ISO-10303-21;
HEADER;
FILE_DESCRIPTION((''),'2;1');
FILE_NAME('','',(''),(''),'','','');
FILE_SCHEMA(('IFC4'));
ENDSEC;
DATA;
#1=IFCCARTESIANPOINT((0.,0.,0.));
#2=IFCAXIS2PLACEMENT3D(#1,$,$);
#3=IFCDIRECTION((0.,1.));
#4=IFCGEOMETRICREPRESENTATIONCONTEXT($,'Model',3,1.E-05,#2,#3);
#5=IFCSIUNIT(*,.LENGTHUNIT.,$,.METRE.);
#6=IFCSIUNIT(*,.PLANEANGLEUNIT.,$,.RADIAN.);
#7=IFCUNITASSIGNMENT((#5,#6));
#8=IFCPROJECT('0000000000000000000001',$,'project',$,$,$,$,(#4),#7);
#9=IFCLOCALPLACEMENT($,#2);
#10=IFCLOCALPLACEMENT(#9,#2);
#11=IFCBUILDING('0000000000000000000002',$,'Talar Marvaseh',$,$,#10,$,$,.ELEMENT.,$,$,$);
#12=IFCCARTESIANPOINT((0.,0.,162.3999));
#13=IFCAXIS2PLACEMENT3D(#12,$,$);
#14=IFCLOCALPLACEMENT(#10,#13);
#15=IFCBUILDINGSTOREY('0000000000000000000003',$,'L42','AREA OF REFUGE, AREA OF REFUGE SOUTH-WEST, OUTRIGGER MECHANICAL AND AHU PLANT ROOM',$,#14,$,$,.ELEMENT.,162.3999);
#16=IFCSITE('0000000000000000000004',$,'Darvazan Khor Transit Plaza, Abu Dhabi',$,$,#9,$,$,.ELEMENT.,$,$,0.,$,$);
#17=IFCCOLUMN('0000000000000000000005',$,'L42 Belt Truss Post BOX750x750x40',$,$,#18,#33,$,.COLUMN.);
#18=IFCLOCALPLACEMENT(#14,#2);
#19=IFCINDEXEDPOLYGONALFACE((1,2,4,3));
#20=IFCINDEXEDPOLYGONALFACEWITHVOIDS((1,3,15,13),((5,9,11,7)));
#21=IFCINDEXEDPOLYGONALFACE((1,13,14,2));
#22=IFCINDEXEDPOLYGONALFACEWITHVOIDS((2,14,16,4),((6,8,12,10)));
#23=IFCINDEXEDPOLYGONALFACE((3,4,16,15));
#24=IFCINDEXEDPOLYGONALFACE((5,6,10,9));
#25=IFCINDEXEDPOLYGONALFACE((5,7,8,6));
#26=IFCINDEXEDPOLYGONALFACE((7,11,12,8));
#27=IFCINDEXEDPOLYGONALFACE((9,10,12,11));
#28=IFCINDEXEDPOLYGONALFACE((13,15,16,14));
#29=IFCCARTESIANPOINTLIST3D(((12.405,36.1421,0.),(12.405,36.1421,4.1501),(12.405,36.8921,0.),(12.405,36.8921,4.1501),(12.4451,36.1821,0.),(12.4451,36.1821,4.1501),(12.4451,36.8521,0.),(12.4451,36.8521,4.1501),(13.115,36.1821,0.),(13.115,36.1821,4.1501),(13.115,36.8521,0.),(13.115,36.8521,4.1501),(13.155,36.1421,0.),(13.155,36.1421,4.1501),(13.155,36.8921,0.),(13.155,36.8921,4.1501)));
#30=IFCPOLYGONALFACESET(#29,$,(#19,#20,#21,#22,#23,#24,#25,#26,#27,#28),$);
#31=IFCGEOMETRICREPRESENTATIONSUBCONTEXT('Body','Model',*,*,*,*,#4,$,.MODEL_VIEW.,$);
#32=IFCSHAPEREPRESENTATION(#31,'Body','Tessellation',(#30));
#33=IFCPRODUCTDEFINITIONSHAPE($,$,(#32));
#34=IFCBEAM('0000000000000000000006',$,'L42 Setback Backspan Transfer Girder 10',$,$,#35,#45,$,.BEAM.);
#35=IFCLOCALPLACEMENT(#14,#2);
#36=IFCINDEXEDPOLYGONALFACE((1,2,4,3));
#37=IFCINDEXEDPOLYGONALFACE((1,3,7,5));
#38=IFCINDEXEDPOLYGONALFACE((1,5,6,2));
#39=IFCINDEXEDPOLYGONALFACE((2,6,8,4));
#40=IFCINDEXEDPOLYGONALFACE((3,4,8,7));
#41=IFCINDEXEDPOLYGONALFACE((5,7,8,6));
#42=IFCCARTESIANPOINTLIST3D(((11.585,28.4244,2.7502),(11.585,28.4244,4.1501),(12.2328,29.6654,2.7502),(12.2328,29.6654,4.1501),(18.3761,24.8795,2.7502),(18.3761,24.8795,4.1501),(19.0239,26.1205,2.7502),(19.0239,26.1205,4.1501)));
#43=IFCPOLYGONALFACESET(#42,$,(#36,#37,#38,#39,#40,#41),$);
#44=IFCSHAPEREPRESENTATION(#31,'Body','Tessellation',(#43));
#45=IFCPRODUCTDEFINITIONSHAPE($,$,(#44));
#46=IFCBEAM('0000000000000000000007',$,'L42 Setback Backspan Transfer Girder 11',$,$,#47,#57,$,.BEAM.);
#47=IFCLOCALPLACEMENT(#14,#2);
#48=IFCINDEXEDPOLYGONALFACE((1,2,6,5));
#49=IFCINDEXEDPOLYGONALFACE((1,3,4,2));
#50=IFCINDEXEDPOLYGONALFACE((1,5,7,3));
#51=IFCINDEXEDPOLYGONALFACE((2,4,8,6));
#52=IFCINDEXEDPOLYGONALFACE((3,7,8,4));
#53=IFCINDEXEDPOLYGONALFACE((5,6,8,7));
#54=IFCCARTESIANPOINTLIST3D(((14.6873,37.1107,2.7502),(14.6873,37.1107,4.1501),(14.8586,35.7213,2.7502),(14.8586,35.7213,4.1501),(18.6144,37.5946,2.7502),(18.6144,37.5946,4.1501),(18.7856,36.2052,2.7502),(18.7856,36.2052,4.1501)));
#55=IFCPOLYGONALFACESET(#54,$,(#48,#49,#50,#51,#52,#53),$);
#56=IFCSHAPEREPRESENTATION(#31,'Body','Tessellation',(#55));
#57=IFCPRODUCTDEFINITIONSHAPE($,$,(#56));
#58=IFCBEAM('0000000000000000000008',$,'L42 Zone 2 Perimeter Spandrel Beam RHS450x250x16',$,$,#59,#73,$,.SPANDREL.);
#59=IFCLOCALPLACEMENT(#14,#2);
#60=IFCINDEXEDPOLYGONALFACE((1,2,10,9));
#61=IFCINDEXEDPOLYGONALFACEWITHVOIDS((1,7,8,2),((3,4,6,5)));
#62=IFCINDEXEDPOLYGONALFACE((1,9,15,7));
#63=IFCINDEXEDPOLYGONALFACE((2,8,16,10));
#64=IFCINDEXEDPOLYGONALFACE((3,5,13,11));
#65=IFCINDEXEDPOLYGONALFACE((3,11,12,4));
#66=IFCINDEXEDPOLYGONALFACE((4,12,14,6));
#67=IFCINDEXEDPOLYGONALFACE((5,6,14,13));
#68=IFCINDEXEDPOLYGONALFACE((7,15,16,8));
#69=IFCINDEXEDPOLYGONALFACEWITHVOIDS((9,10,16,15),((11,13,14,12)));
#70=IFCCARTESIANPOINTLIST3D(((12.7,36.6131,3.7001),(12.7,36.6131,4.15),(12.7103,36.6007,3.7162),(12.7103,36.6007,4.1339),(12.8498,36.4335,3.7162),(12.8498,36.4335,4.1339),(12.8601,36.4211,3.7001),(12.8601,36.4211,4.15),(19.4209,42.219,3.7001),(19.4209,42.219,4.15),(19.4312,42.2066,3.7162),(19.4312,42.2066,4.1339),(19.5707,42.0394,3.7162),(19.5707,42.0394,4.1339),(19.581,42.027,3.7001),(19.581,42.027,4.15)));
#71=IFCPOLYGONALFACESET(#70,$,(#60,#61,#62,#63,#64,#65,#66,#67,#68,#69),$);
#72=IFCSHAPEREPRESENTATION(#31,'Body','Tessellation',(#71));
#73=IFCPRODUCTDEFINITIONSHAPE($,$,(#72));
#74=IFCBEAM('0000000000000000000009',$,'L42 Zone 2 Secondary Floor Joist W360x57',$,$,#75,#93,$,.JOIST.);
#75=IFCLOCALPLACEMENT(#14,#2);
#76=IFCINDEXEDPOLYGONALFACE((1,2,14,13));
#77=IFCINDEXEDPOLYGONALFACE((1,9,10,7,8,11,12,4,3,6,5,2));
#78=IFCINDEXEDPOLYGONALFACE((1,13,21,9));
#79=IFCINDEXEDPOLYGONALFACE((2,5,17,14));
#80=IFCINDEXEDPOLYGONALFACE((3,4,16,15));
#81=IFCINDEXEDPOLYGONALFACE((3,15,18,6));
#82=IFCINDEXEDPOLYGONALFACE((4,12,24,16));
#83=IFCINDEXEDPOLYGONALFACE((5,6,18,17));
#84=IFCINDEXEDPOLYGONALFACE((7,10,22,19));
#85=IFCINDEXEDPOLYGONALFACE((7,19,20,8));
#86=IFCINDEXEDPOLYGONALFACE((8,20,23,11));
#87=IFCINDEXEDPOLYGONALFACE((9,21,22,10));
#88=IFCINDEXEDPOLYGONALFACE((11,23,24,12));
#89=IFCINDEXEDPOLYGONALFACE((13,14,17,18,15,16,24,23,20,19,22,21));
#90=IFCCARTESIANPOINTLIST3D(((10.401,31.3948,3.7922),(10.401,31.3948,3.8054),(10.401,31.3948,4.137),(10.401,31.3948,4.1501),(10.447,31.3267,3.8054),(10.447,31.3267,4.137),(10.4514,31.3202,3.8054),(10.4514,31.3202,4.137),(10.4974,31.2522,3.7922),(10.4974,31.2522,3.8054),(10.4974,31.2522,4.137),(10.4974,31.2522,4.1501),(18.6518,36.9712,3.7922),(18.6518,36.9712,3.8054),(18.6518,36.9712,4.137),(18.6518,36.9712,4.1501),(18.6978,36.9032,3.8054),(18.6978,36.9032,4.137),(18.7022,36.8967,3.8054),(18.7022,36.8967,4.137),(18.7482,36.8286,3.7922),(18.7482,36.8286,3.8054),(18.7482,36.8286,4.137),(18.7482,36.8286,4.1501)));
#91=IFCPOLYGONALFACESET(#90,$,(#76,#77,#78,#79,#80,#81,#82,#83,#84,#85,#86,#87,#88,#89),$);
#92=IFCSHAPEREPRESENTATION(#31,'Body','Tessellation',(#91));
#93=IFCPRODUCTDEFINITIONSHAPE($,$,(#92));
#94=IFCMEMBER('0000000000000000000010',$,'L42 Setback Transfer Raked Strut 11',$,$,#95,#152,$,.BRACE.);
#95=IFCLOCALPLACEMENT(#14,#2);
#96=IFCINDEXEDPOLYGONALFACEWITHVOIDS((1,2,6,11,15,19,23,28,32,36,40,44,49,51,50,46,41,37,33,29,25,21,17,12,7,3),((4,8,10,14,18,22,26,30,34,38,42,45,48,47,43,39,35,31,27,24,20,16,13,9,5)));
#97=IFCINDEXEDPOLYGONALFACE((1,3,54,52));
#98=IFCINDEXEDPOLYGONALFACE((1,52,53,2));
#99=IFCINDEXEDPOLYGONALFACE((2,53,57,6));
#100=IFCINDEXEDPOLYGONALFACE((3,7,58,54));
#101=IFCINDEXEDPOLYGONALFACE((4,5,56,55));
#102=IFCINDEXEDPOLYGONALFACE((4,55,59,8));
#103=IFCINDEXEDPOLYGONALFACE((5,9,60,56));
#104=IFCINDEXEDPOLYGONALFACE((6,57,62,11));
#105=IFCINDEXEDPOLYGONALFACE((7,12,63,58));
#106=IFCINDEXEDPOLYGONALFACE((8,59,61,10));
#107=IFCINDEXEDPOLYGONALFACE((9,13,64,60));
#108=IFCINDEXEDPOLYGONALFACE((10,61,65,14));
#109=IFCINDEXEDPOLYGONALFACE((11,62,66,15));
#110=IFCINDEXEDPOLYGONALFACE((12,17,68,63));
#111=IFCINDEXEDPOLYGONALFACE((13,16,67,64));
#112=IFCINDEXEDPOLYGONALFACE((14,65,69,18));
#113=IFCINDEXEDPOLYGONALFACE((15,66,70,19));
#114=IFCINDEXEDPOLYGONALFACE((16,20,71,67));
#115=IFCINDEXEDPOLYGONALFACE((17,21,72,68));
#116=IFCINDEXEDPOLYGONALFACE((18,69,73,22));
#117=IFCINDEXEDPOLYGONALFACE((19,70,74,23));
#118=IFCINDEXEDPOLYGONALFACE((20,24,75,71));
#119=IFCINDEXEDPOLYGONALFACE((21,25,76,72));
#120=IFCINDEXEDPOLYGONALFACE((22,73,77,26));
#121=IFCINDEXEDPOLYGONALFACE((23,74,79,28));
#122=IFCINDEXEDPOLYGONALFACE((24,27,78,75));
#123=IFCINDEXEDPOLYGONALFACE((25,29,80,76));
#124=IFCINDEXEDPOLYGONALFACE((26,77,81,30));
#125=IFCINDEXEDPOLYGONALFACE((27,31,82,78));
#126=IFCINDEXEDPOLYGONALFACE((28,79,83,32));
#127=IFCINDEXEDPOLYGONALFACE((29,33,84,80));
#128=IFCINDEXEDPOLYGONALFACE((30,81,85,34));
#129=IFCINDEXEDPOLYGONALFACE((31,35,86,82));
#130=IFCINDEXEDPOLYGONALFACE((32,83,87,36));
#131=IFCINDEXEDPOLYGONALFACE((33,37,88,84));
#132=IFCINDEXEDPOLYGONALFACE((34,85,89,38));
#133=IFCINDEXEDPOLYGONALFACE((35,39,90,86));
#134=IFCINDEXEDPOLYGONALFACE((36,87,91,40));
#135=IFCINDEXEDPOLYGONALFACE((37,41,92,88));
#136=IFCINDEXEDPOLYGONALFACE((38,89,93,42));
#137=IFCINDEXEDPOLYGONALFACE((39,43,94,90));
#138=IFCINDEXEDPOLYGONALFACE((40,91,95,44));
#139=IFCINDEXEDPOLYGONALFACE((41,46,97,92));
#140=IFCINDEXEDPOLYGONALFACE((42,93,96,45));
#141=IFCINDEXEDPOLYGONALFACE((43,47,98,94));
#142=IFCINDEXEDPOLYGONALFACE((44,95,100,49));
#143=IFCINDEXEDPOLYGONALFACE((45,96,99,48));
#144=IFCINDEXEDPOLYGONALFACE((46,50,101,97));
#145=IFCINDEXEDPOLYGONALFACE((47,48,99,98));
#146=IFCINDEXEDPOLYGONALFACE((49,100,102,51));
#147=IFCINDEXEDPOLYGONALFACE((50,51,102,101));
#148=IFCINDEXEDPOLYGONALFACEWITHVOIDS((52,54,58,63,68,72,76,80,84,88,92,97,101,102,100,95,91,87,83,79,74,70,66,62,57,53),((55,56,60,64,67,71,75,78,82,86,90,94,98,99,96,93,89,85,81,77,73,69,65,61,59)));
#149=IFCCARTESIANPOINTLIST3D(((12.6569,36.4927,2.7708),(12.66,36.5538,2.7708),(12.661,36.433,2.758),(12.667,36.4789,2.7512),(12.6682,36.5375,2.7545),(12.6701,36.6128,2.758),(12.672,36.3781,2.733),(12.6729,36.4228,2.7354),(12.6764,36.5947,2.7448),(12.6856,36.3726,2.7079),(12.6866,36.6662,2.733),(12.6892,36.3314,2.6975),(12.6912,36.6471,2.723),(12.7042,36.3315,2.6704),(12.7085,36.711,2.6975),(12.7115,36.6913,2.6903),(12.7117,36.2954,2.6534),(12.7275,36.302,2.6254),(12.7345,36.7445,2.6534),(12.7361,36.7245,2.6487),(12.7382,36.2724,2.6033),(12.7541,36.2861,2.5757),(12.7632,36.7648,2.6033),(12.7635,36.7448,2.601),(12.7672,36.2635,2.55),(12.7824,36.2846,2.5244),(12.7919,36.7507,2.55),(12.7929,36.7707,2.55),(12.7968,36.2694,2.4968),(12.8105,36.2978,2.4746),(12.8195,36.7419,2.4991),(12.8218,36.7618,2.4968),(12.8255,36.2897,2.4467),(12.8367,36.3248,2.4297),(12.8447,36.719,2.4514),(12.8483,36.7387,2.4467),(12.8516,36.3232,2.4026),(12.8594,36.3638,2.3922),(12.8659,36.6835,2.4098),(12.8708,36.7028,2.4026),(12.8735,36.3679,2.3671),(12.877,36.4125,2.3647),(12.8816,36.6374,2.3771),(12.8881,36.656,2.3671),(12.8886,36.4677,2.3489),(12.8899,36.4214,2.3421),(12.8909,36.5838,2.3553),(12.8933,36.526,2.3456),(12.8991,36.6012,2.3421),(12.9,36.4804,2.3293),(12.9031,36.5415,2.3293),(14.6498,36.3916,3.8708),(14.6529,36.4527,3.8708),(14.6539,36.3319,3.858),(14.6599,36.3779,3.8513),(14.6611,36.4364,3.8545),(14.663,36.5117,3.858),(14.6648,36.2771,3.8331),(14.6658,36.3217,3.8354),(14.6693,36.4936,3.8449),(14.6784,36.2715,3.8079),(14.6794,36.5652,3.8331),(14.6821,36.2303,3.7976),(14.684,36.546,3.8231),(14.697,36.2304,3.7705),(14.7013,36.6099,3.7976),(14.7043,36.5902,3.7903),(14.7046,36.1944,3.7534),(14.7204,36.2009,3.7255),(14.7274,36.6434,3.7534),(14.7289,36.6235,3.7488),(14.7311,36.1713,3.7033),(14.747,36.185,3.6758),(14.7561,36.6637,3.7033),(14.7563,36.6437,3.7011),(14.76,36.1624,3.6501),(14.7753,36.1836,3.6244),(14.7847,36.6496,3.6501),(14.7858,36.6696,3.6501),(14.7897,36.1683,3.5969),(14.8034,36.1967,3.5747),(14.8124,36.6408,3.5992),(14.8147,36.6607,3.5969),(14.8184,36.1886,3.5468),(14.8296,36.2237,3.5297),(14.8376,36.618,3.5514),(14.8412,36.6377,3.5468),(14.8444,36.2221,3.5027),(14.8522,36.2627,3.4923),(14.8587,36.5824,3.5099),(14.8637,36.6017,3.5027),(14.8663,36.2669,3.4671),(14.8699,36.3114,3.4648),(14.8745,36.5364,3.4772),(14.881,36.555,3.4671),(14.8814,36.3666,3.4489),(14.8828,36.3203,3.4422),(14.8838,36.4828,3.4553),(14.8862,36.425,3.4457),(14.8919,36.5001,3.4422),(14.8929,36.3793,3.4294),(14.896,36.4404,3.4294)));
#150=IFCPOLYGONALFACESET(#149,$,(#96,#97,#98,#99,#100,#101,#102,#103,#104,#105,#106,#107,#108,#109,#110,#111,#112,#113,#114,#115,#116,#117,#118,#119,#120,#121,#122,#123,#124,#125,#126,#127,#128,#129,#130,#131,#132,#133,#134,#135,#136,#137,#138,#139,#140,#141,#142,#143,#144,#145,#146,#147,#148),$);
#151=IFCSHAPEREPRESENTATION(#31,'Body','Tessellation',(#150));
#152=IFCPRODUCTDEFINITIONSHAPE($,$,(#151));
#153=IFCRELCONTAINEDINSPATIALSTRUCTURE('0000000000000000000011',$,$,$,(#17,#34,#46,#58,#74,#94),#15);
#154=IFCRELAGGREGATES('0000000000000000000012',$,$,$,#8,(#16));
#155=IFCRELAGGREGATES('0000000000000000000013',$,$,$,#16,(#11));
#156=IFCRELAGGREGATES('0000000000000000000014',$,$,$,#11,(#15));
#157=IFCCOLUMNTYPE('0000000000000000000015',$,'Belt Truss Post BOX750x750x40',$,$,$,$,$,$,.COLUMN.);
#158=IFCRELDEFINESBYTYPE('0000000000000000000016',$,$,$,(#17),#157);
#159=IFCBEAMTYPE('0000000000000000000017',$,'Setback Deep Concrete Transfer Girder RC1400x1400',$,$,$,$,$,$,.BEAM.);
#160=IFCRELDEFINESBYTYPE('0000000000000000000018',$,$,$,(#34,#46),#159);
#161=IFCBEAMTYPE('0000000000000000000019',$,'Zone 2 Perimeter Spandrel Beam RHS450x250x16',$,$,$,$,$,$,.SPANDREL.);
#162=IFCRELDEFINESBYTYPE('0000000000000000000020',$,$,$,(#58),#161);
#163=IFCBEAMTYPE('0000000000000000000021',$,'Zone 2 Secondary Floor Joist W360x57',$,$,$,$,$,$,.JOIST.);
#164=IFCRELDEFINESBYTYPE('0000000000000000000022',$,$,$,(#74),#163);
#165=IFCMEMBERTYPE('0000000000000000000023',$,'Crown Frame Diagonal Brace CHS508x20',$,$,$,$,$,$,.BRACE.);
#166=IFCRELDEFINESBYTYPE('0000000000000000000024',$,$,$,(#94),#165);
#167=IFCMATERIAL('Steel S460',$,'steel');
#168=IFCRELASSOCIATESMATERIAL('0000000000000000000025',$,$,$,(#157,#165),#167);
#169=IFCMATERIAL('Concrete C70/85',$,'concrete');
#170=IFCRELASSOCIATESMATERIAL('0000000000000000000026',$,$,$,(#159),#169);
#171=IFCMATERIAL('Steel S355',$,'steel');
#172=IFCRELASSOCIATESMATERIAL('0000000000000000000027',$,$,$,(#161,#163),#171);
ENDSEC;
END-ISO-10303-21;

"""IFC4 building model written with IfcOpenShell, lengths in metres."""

from ifc_helpers import new_model, si_unit, direction, frame, origin, origin_2d, place, context, subcontext, project, spatial, rectangle, hollow_rectangle, hollow_circle, i_section, extrude, source, transform, mapped, material, material_profile, profile_set, type_object, type_shapes, element, save


model = new_model("IFC4")

# Units and contexts
model_context = context("Model", 3, precision=1e-05, world=origin(), true_north=direction((0.0, 1.0)))
body_context = subcontext(model_context, "Body", "Model", "MODEL_VIEW")
ifc_project = project(units=[si_unit("LENGTHUNIT", "METRE"), si_unit("PLANEANGLEUNIT", "RADIAN")], contexts=[model_context])

# Site, building, storey
site_placement = place(None, origin())
site = spatial("IfcSite", under=ifc_project, at=site_placement, Name="Darvazan Khor Transit Plaza, Abu Dhabi", CompositionType="ELEMENT", RefElevation=0.0)
building_placement = place(site_placement, origin())
building = spatial("IfcBuilding", under=site, at=building_placement, Name="Talar Marvaseh", CompositionType="ELEMENT")
storey_placement = place(building_placement, frame((0.0, 0.0, 162.3999)))
storey = spatial("IfcBuildingStorey", under=building, at=storey_placement, Name="L42", Description="AREA OF REFUGE, AREA OF REFUGE SOUTH-WEST, OUTRIGGER MECHANICAL AND AHU PLANT ROOM", CompositionType="ELEMENT", Elevation=162.3999)

# Column
ifc_material_1 = material(Name="Steel S460", Category="steel")
ifc_material_profile_1 = material_profile(ifc_material_1, hollow_rectangle(XDim=0.75, YDim=0.75, WallThickness=0.04, at=origin_2d()), Name="BOX750x750x40")
ifc_profile_set_1 = profile_set([ifc_material_profile_1], Name="Steel S460")
column_type = type_object("IfcColumnType", Name="Belt Truss Post BOX750x750x40", PredefinedType="COLUMN", material=ifc_profile_set_1)
column_placement = place(storey_placement, frame((12.78, 36.5171, 0.0), z_axis=(0.0, 0.0, 1.0), x_axis=(1.0, 0.0, 0.0)))
element("IfcColumn", 1, at=column_placement, inside=storey, type_object=column_type, Name="L42 Belt Truss Post BOX750x750x40", PredefinedType="COLUMN", context=body_context, shape_type="SweptSolid", body=[
    extrude(hollow_rectangle(XDim=0.75, YDim=0.75, WallThickness=0.04, at=origin_2d()), origin(), (0.0, 0.0, 1.0), 4.1501),
])

# Beams
ifc_material_2 = material(Name="Concrete C70/85", Category="concrete")
ifc_material_profile_2 = material_profile(ifc_material_2, rectangle(XDim=1.3999, YDim=1.3999, at=origin_2d()), Name="RC1400x1400")
ifc_profile_set_2 = profile_set([ifc_material_profile_2], Name="Concrete C70/85")
beam_type_1 = type_object("IfcBeamType", Name="Setback Deep Concrete Transfer Girder RC1400x1400", PredefinedType="BEAM", material=ifc_profile_set_2)
beam_1_placement = place(storey_placement, frame((11.9089, 29.0449, 3.4502), z_axis=(0.886489, -0.462749, 0.0), x_axis=(0.462749, 0.886489, 0.0)))
element("IfcBeam", 2, at=beam_1_placement, inside=storey, type_object=beam_type_1, Name="L42 Setback Backspan Transfer Girder 10", PredefinedType="BEAM", context=body_context, shape_type="SweptSolid", body=[
    extrude(rectangle(XDim=1.3999, YDim=1.3999, at=origin_2d()), origin(), (0.0, 0.0, 1.0), 7.6606),
])
beam_2_placement = place(storey_placement, frame((14.7729, 36.416, 3.4502), z_axis=(0.992494, 0.122295, 0.0), x_axis=(-0.122295, 0.992494, 0.0)))
element("IfcBeam", 3, at=beam_2_placement, inside=storey, type_object=beam_type_1, Name="L42 Setback Backspan Transfer Girder 11", PredefinedType="BEAM", context=body_context, shape_type="SweptSolid", body=[
    extrude(rectangle(XDim=1.3999, YDim=1.3999, at=origin_2d()), origin(), (0.0, 0.0, 1.0), 3.9568),
])
ifc_material_3 = material(Name="Steel S355", Category="steel")
ifc_material_profile_3 = material_profile(ifc_material_3, hollow_rectangle(XDim=0.25, YDim=0.45, WallThickness=0.0161, at=origin_2d()), Name="RHS450x250x16")
ifc_profile_set_3 = profile_set([ifc_material_profile_3], Name="Steel S355")
beam_type_2 = type_object("IfcBeamType", Name="Zone 2 Perimeter Spandrel Beam RHS450x250x16", PredefinedType="SPANDREL", material=ifc_profile_set_3)
beam_3_placement = place(storey_placement, frame((12.78, 36.5171, 3.925), z_axis=(0.767931, 0.640533, 0.0), x_axis=(-0.640533, 0.767931, 0.0)))
element("IfcBeam", 4, at=beam_3_placement, inside=storey, type_object=beam_type_2, Name="L42 Zone 2 Perimeter Spandrel Beam RHS450x250x16", PredefinedType="SPANDREL", context=body_context, shape_type="SweptSolid", body=[
    extrude(hollow_rectangle(XDim=0.25, YDim=0.45, WallThickness=0.0161, at=origin_2d()), origin(), (0.0, 0.0, 1.0), 8.752),
])
ifc_material_profile_4 = material_profile(ifc_material_3, i_section(OverallWidth=0.1721, OverallDepth=0.3579, WebThickness=0.0078, FlangeThickness=0.0132, at=origin_2d()), Name="W360x57")
ifc_profile_set_4 = profile_set([ifc_material_profile_4], Name="Steel S355")
beam_type_3 = type_object("IfcBeamType", Name="Zone 2 Secondary Floor Joist W360x57", PredefinedType="JOIST", material=ifc_profile_set_4)
beam_4_placement = place(storey_placement, frame((10.4492, 31.3235, 3.9712), z_axis=(0.828515, 0.559967, 0.0), x_axis=(-0.559967, 0.828515, 0.0)))
element("IfcBeam", 5, at=beam_4_placement, inside=storey, type_object=beam_type_3, Name="L42 Zone 2 Secondary Floor Joist W360x57", PredefinedType="JOIST", context=body_context, shape_type="SweptSolid", body=[
    extrude(i_section(OverallWidth=0.1721, OverallDepth=0.3579, WebThickness=0.0078, FlangeThickness=0.0132, at=origin_2d()), origin(), (0.0, 0.0, 1.0), 9.9585),
])

# Member
ifc_material_profile_5 = material_profile(ifc_material_1, hollow_circle(Radius=0.2539, WallThickness=0.02, at=origin_2d()), Name="CHS508x20")
ifc_profile_set_5 = profile_set([ifc_material_profile_5], Name="Steel S460")
member_type_1 = type_object("IfcMemberType", Name="Crown Frame Diagonal Brace CHS508x20", PredefinedType="BRACE", material=ifc_profile_set_5)
shared_shape_1 = source(origin(), body_context, "Body", "SweptSolid", [
    extrude(hollow_circle(Radius=0.2539, WallThickness=0.02, at=origin_2d()), origin(), (0.0, 0.0, 1.0), 2.2786),
])
type_shapes(member_type_1, [shared_shape_1])
member_1_placement = place(storey_placement, frame((12.78, 36.5171, 2.55), z_axis=(0.874613, -0.044357, 0.482789), x_axis=(0.050652, 0.998716, 0.0)))
element("IfcMember", 6, at=member_1_placement, inside=storey, type_object=member_type_1, Name="L42 Setback Transfer Raked Strut 11", PredefinedType="BRACE", context=body_context, shape_type="MappedRepresentation", body=[
    mapped(shared_shape_1, transform((0.0, 0.0, 0.0), x_axis=(1.0, 0.0, 0.0), y_axis=(0.0, 1.0, 0.0), z_axis=(0.0, 0.0, 1.0), scale=1.0)),
])

save(model, "model.ifc")
